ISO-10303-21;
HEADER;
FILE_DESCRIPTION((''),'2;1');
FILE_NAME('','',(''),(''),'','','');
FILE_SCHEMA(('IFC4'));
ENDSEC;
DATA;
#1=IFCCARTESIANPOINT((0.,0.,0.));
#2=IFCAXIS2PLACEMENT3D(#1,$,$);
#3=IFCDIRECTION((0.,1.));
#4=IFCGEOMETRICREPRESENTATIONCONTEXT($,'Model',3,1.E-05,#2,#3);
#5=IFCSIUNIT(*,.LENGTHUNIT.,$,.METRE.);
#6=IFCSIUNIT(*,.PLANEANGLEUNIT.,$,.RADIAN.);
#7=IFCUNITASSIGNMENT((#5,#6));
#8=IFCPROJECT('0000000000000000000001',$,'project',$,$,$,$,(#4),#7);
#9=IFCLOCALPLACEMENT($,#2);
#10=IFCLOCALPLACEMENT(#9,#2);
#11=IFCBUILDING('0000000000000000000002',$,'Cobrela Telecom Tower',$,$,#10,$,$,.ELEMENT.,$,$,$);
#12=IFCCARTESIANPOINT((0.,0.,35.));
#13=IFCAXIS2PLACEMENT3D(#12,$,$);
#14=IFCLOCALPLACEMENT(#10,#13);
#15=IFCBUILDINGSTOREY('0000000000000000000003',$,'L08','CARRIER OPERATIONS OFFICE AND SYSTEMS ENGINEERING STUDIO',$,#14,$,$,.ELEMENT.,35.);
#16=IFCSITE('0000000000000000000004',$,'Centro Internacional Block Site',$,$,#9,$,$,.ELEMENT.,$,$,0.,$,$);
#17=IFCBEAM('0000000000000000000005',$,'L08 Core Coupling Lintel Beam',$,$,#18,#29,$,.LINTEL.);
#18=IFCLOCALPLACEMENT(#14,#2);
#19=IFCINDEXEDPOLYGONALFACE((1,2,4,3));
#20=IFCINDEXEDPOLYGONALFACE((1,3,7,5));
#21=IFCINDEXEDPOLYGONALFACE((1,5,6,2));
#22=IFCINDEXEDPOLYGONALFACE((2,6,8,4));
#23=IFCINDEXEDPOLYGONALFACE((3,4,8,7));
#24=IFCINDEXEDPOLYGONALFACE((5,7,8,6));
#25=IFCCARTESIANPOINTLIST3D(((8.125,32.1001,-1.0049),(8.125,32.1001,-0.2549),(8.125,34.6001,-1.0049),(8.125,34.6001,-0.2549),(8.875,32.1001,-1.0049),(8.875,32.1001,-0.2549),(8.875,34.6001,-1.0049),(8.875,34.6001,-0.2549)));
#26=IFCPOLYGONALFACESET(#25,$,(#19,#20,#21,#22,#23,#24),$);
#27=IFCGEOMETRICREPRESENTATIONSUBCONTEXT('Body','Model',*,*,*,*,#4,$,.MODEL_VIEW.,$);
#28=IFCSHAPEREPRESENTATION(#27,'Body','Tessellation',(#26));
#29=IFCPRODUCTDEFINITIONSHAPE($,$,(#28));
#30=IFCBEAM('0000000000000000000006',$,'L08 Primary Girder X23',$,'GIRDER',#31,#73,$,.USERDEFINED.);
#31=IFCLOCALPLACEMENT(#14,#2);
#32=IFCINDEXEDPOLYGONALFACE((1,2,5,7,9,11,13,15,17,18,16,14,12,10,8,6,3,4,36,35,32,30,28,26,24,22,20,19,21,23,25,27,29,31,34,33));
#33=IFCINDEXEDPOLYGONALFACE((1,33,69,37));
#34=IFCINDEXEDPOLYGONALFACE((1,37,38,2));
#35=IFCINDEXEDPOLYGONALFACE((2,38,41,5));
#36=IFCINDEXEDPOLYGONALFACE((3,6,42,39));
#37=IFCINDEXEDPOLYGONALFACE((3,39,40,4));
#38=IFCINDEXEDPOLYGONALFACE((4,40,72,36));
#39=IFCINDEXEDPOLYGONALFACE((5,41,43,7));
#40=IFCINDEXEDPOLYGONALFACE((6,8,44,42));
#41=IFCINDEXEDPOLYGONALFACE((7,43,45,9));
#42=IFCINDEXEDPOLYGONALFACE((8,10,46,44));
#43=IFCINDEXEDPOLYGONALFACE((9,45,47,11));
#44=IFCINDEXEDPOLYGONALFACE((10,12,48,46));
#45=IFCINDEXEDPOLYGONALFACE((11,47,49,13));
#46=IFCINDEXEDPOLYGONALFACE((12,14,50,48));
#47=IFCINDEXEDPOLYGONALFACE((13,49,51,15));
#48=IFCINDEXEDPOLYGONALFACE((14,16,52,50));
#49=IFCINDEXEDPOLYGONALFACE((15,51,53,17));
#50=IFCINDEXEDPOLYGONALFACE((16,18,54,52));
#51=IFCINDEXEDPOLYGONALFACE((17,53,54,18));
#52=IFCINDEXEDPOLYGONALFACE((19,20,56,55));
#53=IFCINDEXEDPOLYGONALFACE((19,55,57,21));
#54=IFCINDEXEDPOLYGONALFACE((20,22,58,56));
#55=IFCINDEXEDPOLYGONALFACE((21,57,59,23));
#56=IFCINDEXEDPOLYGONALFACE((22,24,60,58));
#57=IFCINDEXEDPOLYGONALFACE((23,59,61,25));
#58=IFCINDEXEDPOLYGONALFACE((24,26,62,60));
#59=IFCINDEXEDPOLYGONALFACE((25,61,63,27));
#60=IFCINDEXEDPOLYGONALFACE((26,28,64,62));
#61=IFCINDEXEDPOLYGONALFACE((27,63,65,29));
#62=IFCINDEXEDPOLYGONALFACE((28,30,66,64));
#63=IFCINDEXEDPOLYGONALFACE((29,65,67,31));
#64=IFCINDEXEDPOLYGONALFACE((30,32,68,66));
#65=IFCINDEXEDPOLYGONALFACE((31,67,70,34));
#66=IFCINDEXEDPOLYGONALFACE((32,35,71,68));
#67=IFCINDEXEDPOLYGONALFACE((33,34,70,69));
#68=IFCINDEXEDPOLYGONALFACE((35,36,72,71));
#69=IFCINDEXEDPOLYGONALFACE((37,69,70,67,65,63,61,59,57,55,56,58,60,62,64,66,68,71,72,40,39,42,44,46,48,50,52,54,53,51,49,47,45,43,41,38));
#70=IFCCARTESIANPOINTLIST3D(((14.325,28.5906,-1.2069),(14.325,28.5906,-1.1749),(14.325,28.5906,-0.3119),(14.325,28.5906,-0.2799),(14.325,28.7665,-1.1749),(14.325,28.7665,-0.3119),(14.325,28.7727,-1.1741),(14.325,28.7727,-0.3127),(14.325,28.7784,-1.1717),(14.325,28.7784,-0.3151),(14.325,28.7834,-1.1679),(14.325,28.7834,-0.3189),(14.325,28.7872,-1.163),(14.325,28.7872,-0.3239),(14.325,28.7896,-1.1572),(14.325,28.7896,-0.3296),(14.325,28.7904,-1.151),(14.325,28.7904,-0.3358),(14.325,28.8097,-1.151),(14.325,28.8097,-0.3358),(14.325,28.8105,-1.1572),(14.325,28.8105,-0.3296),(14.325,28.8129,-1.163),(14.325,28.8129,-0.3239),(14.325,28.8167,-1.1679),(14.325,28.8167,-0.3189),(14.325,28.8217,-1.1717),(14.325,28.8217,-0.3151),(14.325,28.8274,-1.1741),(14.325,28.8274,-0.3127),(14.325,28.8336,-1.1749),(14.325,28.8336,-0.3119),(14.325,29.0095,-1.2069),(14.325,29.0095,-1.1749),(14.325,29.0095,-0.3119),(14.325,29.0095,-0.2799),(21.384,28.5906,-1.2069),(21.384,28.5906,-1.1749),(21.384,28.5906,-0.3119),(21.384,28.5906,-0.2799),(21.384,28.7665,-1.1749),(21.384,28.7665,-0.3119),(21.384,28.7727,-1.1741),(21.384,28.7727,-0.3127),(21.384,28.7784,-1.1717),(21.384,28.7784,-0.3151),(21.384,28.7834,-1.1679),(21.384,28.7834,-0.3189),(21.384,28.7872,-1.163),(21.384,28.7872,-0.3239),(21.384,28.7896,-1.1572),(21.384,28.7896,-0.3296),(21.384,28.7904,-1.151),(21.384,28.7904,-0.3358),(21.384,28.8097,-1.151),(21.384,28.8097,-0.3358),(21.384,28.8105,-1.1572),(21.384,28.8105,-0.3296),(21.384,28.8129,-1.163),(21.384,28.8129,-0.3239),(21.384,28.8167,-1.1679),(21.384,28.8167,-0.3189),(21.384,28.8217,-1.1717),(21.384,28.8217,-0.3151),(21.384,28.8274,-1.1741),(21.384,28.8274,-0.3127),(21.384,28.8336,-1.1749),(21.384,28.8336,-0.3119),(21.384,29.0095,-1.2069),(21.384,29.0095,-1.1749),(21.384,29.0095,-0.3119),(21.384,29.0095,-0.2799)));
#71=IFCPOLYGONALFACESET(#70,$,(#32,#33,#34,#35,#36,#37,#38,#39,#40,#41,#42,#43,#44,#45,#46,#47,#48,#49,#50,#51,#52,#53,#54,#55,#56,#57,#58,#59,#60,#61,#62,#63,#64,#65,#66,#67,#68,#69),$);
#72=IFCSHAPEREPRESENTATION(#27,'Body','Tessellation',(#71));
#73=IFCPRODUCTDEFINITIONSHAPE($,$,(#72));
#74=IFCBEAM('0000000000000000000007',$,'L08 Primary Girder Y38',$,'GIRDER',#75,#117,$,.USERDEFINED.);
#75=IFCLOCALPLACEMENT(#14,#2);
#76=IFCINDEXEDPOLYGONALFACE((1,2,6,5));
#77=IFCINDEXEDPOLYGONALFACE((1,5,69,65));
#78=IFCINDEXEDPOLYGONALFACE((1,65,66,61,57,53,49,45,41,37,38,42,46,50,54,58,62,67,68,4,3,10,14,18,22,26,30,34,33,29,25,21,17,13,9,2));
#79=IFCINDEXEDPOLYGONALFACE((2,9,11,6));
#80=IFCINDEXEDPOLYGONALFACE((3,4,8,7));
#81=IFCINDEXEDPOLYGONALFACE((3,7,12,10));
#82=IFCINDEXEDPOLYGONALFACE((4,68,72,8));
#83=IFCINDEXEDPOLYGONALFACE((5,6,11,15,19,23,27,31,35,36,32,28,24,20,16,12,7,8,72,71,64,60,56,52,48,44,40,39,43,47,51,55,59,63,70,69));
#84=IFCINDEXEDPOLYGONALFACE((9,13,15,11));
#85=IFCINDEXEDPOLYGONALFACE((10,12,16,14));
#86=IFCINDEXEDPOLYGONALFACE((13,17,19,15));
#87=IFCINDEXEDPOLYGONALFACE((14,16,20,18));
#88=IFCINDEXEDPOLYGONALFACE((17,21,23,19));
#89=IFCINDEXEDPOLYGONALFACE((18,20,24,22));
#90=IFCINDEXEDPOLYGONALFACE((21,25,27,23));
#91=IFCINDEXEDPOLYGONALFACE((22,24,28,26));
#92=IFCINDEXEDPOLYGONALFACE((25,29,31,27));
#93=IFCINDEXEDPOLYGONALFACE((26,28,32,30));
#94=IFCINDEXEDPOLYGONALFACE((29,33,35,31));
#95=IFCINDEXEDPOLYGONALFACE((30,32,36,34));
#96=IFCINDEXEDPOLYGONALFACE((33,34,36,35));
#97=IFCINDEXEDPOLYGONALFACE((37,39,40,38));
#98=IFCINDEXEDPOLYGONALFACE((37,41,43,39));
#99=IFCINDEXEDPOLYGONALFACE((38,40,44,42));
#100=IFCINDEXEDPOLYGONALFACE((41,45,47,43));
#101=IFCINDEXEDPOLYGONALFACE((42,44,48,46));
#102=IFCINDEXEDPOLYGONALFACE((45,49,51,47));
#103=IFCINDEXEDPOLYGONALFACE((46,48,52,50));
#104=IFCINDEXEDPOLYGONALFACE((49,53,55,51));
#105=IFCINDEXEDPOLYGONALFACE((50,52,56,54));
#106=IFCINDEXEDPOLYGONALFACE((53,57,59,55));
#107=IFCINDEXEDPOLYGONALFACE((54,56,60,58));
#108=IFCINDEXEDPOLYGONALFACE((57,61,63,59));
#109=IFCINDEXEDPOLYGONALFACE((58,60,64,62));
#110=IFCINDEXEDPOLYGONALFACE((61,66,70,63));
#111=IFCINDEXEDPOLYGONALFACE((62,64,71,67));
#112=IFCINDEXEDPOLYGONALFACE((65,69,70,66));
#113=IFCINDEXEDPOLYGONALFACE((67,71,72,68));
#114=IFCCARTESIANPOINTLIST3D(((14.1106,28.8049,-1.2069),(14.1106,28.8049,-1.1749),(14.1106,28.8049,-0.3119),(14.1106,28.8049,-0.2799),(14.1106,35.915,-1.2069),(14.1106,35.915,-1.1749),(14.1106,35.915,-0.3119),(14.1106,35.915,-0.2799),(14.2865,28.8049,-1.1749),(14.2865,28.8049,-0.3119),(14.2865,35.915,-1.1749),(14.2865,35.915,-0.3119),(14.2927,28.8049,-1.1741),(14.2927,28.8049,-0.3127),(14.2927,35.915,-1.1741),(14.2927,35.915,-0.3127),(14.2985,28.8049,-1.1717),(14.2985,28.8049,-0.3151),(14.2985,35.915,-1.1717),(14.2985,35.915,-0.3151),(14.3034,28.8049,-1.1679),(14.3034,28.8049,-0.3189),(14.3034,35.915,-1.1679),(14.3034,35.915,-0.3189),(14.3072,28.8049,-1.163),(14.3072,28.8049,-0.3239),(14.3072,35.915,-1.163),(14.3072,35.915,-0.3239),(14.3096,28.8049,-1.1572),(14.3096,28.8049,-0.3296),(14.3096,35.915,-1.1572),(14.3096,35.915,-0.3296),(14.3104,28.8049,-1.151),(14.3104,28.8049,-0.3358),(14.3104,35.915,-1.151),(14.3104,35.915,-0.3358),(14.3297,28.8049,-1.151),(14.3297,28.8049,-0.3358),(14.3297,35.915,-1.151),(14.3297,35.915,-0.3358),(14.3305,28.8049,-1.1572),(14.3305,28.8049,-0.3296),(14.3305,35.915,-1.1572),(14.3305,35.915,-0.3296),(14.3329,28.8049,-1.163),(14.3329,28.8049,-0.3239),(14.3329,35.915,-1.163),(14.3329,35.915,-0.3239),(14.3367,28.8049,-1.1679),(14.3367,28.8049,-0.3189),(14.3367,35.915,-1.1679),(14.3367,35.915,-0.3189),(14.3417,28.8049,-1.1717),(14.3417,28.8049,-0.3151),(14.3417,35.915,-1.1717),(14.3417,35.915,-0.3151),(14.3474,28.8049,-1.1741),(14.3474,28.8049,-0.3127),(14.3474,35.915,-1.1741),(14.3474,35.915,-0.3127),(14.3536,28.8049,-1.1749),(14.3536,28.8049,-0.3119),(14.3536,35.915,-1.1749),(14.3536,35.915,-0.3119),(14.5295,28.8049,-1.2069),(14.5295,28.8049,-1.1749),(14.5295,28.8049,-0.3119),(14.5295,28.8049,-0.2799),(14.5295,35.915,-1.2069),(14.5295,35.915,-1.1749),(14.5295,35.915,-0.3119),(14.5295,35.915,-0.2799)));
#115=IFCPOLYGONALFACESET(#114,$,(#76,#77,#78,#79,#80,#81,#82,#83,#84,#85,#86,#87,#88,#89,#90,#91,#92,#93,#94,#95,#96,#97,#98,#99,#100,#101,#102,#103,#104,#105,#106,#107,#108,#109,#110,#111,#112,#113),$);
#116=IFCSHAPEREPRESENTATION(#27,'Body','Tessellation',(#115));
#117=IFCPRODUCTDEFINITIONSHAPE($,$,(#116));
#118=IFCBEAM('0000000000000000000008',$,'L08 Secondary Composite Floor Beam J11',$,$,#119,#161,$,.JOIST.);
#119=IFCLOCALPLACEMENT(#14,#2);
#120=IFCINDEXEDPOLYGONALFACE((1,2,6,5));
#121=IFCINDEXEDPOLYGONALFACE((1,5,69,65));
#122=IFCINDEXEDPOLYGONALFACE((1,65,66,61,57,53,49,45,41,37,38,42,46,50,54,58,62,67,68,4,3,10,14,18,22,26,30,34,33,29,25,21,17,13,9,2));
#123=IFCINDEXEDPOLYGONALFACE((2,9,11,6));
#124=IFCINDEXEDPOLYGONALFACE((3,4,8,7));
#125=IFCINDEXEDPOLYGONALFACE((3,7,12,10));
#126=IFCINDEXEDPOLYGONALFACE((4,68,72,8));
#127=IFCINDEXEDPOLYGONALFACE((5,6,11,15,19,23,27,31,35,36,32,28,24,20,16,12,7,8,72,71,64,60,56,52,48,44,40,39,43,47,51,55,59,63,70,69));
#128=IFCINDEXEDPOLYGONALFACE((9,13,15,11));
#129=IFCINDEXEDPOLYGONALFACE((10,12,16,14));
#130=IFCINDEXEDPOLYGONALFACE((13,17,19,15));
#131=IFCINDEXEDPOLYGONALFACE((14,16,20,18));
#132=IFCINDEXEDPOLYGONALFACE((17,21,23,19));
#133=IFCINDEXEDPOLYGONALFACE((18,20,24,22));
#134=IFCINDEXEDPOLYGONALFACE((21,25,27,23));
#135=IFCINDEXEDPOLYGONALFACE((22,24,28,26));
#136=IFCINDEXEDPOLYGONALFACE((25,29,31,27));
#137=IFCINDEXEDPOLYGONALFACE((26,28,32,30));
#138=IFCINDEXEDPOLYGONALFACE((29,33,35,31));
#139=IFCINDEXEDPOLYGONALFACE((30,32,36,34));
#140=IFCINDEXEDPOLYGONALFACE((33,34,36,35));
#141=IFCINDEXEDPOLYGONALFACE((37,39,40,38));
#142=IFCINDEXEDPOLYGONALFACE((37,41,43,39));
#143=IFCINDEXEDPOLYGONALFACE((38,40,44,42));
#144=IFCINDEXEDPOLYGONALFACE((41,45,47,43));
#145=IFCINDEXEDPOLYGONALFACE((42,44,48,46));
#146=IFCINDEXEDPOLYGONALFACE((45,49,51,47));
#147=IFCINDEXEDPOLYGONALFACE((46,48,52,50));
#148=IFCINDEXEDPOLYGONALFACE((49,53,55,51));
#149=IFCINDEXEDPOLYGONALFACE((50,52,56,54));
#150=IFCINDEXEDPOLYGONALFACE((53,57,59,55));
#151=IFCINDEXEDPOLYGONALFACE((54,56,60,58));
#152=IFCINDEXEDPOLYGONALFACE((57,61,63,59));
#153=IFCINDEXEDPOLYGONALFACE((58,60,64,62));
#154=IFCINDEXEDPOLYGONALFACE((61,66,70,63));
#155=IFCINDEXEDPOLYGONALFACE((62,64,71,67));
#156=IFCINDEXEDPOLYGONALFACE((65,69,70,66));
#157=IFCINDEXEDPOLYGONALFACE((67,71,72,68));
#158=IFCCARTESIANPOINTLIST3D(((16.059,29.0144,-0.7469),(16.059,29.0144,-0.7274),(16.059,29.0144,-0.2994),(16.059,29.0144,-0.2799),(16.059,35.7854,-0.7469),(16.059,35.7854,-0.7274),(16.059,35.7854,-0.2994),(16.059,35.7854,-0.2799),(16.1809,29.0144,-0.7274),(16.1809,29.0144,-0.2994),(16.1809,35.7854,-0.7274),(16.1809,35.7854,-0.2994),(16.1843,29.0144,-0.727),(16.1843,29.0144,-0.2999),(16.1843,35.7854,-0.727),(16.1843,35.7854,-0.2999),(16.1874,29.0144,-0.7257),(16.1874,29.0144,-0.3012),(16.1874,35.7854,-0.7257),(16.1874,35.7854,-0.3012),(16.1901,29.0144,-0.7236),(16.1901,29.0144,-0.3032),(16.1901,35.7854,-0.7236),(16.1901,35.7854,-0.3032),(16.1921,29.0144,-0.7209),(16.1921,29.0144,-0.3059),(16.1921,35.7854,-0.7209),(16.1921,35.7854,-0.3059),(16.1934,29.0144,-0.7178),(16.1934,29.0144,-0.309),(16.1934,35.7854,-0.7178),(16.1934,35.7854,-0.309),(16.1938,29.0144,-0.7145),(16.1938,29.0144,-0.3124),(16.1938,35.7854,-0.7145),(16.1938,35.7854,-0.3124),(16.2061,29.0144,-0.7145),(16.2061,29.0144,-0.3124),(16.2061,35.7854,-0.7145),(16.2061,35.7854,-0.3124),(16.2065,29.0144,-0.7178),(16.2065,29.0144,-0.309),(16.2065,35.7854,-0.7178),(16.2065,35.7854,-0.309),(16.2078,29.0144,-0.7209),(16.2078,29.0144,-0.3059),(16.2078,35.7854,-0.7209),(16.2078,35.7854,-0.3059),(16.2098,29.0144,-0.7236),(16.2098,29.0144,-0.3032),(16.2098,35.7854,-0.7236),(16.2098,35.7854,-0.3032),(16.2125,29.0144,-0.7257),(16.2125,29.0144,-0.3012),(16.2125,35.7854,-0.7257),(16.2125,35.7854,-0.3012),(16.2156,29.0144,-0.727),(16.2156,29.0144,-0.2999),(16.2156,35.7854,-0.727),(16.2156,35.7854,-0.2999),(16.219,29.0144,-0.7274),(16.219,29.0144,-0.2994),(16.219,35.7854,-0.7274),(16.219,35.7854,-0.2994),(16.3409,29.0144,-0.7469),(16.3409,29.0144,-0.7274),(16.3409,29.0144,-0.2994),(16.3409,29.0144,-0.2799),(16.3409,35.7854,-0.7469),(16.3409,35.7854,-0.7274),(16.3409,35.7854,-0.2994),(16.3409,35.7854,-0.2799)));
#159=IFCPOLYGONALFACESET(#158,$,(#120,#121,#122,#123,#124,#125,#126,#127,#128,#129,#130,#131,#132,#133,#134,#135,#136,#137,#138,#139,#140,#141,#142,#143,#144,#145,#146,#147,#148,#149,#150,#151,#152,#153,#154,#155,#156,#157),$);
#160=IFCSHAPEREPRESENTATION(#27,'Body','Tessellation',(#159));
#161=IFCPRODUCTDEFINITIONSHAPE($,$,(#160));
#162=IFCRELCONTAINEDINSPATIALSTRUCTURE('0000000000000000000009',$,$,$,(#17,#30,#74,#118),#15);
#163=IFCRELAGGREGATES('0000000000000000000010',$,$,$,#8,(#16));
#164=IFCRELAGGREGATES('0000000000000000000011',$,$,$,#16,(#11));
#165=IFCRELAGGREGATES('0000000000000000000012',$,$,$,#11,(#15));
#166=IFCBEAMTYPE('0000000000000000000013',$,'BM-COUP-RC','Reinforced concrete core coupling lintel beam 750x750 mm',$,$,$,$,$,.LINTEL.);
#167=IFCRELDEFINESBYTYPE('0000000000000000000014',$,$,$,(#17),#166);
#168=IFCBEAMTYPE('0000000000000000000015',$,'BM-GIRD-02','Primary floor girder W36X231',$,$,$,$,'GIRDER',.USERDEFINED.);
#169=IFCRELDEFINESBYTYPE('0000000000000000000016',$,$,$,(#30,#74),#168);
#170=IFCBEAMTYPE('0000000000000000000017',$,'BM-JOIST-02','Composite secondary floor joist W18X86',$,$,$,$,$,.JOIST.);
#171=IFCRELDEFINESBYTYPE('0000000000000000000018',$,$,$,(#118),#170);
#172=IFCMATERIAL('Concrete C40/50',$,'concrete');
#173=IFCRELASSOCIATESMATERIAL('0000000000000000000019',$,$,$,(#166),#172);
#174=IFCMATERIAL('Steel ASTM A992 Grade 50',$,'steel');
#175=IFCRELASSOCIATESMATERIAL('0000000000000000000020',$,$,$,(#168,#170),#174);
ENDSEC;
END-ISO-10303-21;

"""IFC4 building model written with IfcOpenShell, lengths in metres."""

from ifc_helpers import new_model, si_unit, direction, frame, origin, origin_2d, place, context, subcontext, project, spatial, rectangle, i_section, extrude, material, material_profile, profile_set, type_object, element, save


model = new_model("IFC4")

# Units and contexts
model_context = context("Model", 3, precision=1e-05, world=origin(), true_north=direction((0.0, 1.0)))
body_context = subcontext(model_context, "Body", "Model", "MODEL_VIEW")
ifc_project = project(units=[si_unit("LENGTHUNIT", "METRE"), si_unit("PLANEANGLEUNIT", "RADIAN")], contexts=[model_context])

# Site, building, storey
site_placement = place(None, origin())
site = spatial("IfcSite", under=ifc_project, at=site_placement, Name="Centro Internacional Block Site", CompositionType="ELEMENT", RefElevation=0.0)
building_placement = place(site_placement, origin())
building = spatial("IfcBuilding", under=site, at=building_placement, Name="Cobrela Telecom Tower", CompositionType="ELEMENT")
storey_placement = place(building_placement, frame((0.0, 0.0, 35.0)))
storey = spatial("IfcBuildingStorey", under=building, at=storey_placement, Name="L08", Description="CARRIER OPERATIONS OFFICE AND SYSTEMS ENGINEERING STUDIO", CompositionType="ELEMENT", Elevation=35.0)

# Beams
ifc_material_1 = material(Name="Concrete C40/50", Category="concrete")
ifc_material_profile_1 = material_profile(ifc_material_1, rectangle(XDim=0.75, YDim=0.75, at=origin_2d()), Name="RC 750x750")
ifc_profile_set_1 = profile_set([ifc_material_profile_1], Name="Concrete C40/50")
beam_type_1 = type_object("IfcBeamType", Name="BM-COUP-RC", Description="Reinforced concrete core coupling lintel beam 750x750 mm", PredefinedType="LINTEL", material=ifc_profile_set_1)
beam_1_placement = place(storey_placement, frame((8.5, 32.1001, -0.6299), z_axis=(0.0, 1.0, 0.0), x_axis=(-1.0, 0.0, 0.0)))
element("IfcBeam", 1, at=beam_1_placement, inside=storey, type_object=beam_type_1, Name="L08 Core Coupling Lintel Beam", PredefinedType="LINTEL", context=body_context, shape_type="SweptSolid", body=[
    extrude(rectangle(XDim=0.75, YDim=0.75, at=origin_2d()), origin(), (0.0, 0.0, 1.0), 2.5),
])
ifc_material_2 = material(Name="Steel ASTM A992 Grade 50", Category="steel")
ifc_material_profile_2 = material_profile(ifc_material_2, i_section(OverallWidth=0.4189, OverallDepth=0.927, WebThickness=0.0193, FlangeThickness=0.032, FilletRadius=0.0239, at=origin_2d()), Name="W36X231")
ifc_profile_set_2 = profile_set([ifc_material_profile_2], Name="Steel ASTM A992 Grade 50")
beam_type_2 = type_object("IfcBeamType", Name="BM-GIRD-02", Description="Primary floor girder W36X231", ElementType="GIRDER", PredefinedType="USERDEFINED", material=ifc_profile_set_2)
beam_2_placement = place(storey_placement, frame((14.325, 28.8, -0.7434), z_axis=(1.0, 0.0, 0.0), x_axis=(0.0, 1.0, 0.0)))
element("IfcBeam", 2, at=beam_2_placement, inside=storey, type_object=beam_type_2, Name="L08 Primary Girder X23", ObjectType="GIRDER", PredefinedType="USERDEFINED", context=body_context, shape_type="SweptSolid", body=[
    extrude(i_section(OverallWidth=0.4189, OverallDepth=0.927, WebThickness=0.0193, FlangeThickness=0.032, FilletRadius=0.0239, at=origin_2d()), origin(), (0.0, 0.0, 1.0), 7.0591),
])
beam_3_placement = place(storey_placement, frame((14.3201, 28.8049, -0.7434), z_axis=(0.0, 1.0, 0.0), x_axis=(-1.0, 0.0, 0.0)))
element("IfcBeam", 3, at=beam_3_placement, inside=storey, type_object=beam_type_2, Name="L08 Primary Girder Y38", ObjectType="GIRDER", PredefinedType="USERDEFINED", context=body_context, shape_type="SweptSolid", body=[
    extrude(i_section(OverallWidth=0.4189, OverallDepth=0.927, WebThickness=0.0193, FlangeThickness=0.032, FilletRadius=0.0239, at=origin_2d()), origin(), (0.0, 0.0, 1.0), 7.1101),
])
ifc_material_profile_3 = material_profile(ifc_material_2, i_section(OverallWidth=0.282, OverallDepth=0.467, WebThickness=0.0122, FlangeThickness=0.0195, FilletRadius=0.0129, at=origin_2d()), Name="W18X86")
ifc_profile_set_3 = profile_set([ifc_material_profile_3], Name="Steel ASTM A992 Grade 50")
beam_type_3 = type_object("IfcBeamType", Name="BM-JOIST-02", Description="Composite secondary floor joist W18X86", PredefinedType="JOIST", material=ifc_profile_set_3)
for number, where, z_axis, x_axis, name in (
    (4, (16.2, 29.0144, -0.5134), (0.0, 1.0, 0.0), (-1.0, 0.0, 0.0), "L08 Secondary Composite Floor Beam J11"),
):
    element("IfcBeam", number, at=place(storey_placement, frame(where, z_axis=z_axis, x_axis=x_axis)), inside=storey, type_object=beam_type_3, Name=name, PredefinedType="JOIST", context=body_context, shape_type="SweptSolid", body=[
        extrude(i_section(OverallWidth=0.282, OverallDepth=0.467, WebThickness=0.0122, FlangeThickness=0.0195, FilletRadius=0.0129, at=origin_2d()), origin(), (0.0, 0.0, 1.0), 6.771),
    ])

save(model, "model.ifc")
